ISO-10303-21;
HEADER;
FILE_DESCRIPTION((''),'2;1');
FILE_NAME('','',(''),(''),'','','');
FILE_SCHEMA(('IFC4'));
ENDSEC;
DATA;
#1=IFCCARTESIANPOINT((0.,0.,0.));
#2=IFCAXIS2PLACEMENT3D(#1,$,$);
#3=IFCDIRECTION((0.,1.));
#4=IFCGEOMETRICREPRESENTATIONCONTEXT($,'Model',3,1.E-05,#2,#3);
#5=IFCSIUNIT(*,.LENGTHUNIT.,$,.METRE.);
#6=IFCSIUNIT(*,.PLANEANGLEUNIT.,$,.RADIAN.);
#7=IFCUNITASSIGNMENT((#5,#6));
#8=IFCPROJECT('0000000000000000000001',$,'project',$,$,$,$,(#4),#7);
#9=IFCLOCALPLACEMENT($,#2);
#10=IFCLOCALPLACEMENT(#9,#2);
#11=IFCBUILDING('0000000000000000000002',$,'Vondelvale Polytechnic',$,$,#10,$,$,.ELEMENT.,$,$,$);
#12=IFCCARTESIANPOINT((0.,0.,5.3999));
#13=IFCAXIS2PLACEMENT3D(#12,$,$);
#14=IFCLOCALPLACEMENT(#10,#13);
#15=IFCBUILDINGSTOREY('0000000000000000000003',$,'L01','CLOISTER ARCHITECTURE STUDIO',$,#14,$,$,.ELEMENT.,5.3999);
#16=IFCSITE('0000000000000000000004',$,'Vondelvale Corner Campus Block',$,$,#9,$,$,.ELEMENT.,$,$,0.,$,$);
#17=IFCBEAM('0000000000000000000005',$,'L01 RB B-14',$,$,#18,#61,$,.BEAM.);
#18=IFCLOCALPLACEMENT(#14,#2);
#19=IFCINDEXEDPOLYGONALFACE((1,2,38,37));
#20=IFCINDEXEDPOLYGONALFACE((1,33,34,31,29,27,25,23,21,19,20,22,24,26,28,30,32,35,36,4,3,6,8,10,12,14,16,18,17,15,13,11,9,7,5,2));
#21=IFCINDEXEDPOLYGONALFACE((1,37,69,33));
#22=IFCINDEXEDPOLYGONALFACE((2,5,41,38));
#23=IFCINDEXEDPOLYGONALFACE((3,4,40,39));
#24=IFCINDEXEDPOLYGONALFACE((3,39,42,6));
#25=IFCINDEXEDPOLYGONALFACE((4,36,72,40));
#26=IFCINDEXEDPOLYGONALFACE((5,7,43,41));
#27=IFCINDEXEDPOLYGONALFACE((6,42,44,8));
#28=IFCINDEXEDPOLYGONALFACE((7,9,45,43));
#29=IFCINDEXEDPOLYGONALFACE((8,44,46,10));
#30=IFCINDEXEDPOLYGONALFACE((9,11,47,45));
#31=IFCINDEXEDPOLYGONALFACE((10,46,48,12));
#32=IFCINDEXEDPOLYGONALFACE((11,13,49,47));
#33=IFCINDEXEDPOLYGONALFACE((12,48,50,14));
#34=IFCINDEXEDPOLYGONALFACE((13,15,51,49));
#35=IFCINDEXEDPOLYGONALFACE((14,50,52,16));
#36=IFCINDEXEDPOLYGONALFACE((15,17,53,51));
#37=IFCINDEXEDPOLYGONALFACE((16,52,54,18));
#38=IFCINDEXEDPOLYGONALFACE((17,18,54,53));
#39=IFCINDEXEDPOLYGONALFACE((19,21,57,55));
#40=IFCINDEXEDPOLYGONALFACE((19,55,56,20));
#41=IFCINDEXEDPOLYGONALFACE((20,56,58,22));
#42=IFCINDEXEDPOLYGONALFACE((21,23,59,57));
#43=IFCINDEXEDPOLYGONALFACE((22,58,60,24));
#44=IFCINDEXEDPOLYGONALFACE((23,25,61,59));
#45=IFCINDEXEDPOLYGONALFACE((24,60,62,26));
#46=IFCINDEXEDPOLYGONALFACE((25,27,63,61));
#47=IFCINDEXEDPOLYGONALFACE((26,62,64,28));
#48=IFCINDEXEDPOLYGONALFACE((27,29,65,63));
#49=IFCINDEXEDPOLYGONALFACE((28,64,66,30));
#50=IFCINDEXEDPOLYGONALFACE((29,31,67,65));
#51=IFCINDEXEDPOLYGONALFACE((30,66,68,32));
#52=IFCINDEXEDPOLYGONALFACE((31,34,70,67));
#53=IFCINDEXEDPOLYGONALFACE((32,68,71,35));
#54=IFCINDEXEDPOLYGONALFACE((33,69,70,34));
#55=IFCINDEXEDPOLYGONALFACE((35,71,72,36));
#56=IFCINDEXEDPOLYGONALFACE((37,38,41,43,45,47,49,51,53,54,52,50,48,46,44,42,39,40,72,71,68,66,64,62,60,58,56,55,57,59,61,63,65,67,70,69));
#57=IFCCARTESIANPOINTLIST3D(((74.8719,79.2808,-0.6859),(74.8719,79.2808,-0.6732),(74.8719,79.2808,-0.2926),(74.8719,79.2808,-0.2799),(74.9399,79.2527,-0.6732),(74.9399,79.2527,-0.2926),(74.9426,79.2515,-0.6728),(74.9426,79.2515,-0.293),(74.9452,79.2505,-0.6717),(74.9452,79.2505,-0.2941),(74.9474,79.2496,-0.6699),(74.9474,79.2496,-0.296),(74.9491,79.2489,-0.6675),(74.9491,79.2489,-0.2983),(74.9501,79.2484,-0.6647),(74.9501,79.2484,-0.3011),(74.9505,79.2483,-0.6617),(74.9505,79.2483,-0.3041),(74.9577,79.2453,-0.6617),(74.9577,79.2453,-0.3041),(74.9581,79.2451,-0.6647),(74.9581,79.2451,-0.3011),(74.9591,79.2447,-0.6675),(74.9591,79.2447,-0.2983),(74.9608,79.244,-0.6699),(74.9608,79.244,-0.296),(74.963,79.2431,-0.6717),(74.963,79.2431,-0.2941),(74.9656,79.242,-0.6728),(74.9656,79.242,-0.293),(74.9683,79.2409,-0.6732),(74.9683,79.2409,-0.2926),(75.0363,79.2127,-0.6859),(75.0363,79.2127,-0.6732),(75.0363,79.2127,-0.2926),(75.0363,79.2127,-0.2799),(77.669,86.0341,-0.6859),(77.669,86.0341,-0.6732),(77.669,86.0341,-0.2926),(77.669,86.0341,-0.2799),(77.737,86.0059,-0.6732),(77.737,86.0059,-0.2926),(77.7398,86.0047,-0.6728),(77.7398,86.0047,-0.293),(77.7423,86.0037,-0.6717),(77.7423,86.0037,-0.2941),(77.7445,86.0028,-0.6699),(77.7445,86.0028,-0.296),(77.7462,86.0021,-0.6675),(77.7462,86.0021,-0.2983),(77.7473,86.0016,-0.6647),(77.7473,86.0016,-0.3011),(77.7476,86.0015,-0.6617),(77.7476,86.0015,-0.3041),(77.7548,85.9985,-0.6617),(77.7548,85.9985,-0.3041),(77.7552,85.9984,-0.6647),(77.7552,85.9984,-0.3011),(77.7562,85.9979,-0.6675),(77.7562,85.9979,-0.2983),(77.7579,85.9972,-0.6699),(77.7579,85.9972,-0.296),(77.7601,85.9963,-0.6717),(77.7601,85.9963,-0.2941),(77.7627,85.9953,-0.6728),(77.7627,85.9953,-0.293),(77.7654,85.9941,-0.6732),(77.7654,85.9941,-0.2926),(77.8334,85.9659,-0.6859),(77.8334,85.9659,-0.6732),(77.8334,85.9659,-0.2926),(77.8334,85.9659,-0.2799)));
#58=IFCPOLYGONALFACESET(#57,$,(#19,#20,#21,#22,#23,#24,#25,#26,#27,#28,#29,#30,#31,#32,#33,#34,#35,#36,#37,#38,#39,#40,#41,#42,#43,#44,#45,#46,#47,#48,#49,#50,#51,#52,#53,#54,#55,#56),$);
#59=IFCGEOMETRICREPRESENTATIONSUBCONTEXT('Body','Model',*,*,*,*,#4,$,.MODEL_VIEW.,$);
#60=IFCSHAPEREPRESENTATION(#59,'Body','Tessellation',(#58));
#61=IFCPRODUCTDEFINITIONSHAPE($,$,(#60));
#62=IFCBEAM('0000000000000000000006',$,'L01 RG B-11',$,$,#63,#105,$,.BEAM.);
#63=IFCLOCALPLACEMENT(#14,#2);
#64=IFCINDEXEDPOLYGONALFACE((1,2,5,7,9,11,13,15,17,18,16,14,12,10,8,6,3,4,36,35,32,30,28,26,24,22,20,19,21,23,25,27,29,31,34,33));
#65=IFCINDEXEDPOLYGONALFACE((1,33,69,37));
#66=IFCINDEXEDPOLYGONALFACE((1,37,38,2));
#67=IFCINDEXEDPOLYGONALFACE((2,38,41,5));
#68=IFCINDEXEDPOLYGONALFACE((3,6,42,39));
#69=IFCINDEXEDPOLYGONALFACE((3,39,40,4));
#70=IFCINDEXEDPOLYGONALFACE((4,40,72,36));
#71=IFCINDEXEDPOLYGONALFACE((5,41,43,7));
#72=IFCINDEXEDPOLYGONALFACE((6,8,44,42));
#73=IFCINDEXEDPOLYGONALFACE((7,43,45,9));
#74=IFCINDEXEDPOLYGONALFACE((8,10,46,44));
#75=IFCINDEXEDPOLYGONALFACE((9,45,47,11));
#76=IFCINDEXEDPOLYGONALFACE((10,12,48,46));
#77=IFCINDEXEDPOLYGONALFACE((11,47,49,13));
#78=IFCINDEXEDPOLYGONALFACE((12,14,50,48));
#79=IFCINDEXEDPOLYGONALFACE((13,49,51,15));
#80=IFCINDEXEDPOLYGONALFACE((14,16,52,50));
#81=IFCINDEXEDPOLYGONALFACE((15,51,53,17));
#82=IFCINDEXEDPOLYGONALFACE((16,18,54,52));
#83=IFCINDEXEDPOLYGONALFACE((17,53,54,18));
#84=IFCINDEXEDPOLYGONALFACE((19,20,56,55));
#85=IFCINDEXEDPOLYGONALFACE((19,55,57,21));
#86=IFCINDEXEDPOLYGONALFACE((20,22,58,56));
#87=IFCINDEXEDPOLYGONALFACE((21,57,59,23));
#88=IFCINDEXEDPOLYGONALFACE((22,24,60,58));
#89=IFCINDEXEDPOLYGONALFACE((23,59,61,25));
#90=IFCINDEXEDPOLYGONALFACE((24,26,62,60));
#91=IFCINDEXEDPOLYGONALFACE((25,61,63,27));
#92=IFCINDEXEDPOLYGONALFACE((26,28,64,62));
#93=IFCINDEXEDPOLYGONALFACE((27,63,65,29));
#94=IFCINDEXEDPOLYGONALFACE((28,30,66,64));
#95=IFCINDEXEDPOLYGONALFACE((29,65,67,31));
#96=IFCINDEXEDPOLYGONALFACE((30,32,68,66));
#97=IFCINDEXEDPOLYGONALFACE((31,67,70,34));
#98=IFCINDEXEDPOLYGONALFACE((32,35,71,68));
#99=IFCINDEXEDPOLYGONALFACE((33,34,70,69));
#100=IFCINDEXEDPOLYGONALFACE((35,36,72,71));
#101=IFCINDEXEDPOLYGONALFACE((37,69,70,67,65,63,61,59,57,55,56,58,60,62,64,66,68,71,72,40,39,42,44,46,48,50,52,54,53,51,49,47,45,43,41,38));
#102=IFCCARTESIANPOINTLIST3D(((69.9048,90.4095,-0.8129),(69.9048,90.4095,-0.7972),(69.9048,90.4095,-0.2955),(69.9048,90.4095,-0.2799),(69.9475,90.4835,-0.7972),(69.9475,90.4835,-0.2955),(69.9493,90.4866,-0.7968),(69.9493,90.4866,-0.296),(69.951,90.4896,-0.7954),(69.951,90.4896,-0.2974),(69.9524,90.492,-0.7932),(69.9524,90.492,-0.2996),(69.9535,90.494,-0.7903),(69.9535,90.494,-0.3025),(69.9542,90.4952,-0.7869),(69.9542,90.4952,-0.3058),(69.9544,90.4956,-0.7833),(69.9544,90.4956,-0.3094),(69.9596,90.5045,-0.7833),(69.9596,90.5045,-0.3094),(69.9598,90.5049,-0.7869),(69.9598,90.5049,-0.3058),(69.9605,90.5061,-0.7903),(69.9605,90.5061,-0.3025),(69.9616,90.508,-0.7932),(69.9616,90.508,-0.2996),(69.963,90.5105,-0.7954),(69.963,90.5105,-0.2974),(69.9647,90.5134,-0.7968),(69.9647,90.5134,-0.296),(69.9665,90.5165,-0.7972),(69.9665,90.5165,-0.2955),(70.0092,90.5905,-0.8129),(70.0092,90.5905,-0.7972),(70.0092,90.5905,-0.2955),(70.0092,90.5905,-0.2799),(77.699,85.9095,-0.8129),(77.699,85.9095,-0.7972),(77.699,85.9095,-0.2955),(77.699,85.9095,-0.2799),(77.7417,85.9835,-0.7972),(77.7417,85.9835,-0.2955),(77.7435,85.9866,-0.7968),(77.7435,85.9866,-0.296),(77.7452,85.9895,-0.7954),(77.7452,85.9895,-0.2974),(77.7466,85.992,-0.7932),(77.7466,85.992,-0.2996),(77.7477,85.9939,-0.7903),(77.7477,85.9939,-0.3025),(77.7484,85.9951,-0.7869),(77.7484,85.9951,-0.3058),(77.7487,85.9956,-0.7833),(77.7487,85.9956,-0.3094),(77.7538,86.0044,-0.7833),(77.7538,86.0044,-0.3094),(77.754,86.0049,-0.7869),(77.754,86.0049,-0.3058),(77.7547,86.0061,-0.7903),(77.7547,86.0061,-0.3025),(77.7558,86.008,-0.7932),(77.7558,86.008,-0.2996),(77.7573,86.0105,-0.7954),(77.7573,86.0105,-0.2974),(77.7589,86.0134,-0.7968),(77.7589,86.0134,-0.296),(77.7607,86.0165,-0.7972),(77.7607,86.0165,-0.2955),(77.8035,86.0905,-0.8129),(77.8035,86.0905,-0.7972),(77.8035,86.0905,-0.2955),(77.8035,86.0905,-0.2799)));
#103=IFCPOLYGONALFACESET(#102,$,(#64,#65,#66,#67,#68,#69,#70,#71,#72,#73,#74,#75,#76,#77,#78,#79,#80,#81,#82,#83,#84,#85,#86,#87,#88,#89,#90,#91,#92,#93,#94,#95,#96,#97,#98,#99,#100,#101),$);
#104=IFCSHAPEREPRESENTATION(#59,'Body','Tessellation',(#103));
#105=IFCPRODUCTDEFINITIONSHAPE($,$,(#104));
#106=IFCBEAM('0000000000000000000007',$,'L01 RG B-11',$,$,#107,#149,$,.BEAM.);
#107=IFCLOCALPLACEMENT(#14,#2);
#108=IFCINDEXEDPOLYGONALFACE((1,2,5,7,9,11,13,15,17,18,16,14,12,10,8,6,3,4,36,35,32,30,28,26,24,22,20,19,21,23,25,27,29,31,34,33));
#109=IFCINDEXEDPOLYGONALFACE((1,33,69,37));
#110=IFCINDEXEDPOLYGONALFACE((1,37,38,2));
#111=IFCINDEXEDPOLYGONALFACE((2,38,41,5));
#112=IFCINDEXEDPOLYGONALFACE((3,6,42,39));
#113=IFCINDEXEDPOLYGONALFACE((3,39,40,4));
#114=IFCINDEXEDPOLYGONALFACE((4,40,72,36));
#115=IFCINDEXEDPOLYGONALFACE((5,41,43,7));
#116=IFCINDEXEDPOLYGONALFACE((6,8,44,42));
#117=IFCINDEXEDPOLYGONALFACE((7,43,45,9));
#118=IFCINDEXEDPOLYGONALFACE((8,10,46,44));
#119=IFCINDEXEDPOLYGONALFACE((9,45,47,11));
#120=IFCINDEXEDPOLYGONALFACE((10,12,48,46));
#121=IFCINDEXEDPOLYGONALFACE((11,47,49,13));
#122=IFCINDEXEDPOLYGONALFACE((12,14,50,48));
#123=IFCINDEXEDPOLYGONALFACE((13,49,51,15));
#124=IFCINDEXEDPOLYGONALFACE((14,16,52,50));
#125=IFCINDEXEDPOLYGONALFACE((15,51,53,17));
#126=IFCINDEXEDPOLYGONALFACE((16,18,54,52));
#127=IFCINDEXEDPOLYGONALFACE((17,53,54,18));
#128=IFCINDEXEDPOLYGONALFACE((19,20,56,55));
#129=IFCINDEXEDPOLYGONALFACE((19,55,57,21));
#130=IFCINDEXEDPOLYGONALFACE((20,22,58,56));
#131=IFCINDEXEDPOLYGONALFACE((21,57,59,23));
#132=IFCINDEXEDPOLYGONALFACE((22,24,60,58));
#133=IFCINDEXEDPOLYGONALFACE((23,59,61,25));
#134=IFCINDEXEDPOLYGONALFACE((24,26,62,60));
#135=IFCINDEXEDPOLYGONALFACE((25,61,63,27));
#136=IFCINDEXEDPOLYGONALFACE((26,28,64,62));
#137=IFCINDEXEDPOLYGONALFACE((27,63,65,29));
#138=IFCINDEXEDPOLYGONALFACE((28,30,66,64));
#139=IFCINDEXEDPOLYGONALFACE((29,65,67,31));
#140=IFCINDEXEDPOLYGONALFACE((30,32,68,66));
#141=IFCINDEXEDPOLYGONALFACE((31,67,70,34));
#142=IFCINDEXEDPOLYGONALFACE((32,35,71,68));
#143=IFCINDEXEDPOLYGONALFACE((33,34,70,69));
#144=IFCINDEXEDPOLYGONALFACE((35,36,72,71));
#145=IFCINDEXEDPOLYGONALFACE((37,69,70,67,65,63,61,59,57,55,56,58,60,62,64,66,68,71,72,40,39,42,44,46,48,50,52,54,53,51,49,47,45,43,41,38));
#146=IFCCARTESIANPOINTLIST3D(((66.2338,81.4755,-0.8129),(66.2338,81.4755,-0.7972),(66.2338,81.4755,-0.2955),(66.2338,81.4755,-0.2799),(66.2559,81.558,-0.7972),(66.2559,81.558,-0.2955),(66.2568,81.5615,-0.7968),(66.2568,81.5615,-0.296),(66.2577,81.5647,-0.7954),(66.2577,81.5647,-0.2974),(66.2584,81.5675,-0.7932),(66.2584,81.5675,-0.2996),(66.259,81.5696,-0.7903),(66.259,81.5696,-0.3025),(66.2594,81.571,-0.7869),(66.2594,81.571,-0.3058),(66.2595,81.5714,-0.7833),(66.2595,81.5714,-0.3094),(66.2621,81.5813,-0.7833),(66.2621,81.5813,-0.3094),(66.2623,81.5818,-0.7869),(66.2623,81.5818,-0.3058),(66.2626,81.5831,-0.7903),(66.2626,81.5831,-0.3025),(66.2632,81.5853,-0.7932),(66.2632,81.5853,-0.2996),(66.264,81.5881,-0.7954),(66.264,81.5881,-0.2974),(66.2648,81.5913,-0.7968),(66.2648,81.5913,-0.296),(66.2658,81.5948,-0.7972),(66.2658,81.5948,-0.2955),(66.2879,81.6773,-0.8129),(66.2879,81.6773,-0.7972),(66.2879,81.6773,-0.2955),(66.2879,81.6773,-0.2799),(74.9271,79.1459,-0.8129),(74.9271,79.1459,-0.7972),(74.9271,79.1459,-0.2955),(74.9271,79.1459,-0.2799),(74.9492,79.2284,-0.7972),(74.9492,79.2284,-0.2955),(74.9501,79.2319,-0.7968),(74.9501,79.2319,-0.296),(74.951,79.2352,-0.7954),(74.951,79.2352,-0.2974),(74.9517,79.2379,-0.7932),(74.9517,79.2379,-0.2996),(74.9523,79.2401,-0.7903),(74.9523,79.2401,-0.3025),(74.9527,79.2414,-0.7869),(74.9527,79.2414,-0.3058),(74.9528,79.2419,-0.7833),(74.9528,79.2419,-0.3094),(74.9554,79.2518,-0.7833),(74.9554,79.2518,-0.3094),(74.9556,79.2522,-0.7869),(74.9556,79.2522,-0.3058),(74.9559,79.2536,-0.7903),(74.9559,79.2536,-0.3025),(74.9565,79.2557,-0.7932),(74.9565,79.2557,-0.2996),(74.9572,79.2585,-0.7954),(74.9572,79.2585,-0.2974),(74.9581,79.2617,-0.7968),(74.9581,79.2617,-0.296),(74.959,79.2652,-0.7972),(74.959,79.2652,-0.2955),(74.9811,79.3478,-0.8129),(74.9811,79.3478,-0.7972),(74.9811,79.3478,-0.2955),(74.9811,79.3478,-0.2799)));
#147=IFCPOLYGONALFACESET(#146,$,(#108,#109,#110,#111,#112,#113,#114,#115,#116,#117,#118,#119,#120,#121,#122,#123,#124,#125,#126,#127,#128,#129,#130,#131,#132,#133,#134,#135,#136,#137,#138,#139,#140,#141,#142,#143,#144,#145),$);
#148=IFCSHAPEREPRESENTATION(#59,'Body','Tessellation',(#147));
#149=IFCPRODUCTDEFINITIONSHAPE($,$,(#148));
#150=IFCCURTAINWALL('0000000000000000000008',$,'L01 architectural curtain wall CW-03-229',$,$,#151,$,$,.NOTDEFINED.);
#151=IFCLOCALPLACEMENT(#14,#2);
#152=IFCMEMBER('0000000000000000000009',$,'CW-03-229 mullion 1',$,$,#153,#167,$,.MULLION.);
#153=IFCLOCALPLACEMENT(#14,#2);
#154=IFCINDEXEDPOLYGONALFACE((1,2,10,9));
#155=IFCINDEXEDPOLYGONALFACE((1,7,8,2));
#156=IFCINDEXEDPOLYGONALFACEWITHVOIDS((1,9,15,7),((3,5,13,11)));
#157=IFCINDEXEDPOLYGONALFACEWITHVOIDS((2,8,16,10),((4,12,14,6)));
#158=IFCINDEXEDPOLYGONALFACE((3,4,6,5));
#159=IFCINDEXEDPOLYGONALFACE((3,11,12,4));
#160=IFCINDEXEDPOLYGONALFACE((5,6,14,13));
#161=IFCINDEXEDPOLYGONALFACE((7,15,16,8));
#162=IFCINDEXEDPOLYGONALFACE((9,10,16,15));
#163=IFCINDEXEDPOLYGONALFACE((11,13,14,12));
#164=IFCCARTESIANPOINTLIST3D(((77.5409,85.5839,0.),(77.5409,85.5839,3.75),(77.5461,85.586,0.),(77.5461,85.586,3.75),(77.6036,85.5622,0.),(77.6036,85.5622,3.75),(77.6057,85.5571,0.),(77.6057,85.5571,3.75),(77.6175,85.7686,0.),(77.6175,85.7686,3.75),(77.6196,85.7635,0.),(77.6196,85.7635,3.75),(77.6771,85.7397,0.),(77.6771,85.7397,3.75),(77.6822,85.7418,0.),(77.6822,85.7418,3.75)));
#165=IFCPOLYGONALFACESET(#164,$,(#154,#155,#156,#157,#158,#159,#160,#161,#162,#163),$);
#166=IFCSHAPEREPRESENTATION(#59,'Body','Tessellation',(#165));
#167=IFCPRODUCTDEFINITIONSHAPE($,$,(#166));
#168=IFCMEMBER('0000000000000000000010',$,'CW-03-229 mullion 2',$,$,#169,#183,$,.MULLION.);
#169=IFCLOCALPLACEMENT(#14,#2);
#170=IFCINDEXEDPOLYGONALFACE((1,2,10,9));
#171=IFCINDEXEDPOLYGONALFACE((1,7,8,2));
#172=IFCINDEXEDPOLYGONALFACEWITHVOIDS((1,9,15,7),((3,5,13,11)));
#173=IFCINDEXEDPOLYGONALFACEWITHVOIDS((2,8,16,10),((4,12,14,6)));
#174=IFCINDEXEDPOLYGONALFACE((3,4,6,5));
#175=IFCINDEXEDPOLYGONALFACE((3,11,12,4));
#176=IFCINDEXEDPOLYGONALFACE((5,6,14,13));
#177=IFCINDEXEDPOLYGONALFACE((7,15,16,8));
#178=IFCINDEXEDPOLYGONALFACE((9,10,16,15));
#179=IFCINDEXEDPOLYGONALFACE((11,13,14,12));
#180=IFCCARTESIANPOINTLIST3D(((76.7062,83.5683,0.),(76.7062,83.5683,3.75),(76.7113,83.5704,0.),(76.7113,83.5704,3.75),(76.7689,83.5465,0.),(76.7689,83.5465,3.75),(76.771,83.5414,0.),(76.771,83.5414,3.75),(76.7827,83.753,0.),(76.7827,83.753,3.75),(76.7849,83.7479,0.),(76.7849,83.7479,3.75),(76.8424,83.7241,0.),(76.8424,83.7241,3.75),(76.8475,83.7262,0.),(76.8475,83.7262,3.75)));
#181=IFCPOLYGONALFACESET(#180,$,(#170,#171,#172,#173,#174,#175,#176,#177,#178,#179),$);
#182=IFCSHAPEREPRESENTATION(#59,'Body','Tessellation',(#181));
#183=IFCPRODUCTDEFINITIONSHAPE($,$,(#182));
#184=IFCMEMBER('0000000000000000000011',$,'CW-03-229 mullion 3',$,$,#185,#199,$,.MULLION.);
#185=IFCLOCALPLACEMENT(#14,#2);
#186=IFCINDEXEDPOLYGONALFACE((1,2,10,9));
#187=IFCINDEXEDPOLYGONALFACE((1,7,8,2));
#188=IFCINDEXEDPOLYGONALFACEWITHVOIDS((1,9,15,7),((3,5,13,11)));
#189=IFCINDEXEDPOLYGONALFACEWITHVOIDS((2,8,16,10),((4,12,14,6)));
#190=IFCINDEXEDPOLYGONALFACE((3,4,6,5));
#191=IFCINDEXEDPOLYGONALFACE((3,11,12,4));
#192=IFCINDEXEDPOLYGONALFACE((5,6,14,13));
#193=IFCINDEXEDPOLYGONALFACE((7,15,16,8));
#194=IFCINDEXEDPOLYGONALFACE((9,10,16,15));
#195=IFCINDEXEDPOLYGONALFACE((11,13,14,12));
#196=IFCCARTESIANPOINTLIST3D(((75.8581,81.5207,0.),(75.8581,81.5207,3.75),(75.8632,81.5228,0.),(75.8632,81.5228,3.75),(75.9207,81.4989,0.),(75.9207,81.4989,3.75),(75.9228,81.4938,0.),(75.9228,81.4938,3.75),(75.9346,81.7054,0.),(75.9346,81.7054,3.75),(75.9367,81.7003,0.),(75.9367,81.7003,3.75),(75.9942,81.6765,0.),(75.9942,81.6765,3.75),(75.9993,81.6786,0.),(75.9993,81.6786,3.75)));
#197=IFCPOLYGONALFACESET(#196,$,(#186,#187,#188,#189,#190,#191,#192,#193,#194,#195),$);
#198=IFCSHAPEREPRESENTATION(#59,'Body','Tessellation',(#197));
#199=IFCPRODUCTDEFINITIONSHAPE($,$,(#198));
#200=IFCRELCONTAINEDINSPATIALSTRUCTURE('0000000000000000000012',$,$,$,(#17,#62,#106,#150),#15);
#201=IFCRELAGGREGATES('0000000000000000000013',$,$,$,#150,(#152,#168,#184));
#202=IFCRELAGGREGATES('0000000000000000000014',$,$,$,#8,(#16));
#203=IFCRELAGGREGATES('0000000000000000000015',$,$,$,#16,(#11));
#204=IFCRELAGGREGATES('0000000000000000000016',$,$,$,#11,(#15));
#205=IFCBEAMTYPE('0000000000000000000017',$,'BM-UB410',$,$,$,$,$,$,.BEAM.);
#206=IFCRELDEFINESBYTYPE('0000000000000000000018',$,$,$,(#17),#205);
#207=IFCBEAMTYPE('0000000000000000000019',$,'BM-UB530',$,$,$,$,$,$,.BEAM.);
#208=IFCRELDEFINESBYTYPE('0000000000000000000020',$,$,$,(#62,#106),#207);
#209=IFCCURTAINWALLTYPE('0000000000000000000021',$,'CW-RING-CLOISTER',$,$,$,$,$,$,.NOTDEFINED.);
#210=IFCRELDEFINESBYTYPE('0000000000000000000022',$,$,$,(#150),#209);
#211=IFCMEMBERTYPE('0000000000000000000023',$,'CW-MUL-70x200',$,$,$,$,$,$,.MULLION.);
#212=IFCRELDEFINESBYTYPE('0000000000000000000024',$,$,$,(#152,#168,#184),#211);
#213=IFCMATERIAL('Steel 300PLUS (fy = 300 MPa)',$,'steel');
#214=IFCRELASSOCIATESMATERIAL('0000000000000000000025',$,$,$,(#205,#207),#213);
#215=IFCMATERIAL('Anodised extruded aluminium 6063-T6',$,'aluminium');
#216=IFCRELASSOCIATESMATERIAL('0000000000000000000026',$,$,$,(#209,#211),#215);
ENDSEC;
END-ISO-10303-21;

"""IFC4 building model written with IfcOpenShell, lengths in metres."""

from ifc_helpers import new_model, si_unit, direction, frame, origin, origin_2d, place, context, subcontext, project, spatial, hollow_rectangle, i_section, extrude, material, material_profile, profile_set, type_object, element, aggregate, save


model = new_model("IFC4")

# Units and contexts
model_context = context("Model", 3, precision=1e-05, world=origin(), true_north=direction((0.0, 1.0)))
body_context = subcontext(model_context, "Body", "Model", "MODEL_VIEW")
ifc_project = project(units=[si_unit("LENGTHUNIT", "METRE"), si_unit("PLANEANGLEUNIT", "RADIAN")], contexts=[model_context])

# Site, building, storey
site_placement = place(None, origin())
site = spatial("IfcSite", under=ifc_project, at=site_placement, Name="Vondelvale Corner Campus Block", CompositionType="ELEMENT", RefElevation=0.0)
building_placement = place(site_placement, origin())
building = spatial("IfcBuilding", under=site, at=building_placement, Name="Vondelvale Polytechnic", CompositionType="ELEMENT")
storey_placement = place(building_placement, frame((0.0, 0.0, 5.3999)))
storey = spatial("IfcBuildingStorey", under=building, at=storey_placement, Name="L01", Description="CLOISTER ARCHITECTURE STUDIO", CompositionType="ELEMENT", Elevation=5.3999)

# Beams
ifc_material_1 = material(Name="Steel 300PLUS (fy = 300 MPa)", Category="steel")
ifc_material_profile_1 = material_profile(ifc_material_1, i_section(OverallWidth=0.178, OverallDepth=0.406, WebThickness=0.0078, FlangeThickness=0.0127, FilletRadius=0.0115, at=origin_2d()), Name="410UB59.7")
ifc_profile_set_1 = profile_set([ifc_material_profile_1], Name="Steel 300PLUS (fy = 300 MPa)")
beam_type_1 = type_object("IfcBeamType", Name="BM-UB410", PredefinedType="BEAM", material=ifc_profile_set_1)
beam_placement = place(storey_placement, frame((77.7512, 86.0, -0.4829), z_axis=(-0.382667, -0.923886, 0.0), x_axis=(0.923886, -0.382667, 0.0)))
element("IfcBeam", 1, at=beam_placement, inside=storey, type_object=beam_type_1, Name="L01 RB B-14", PredefinedType="BEAM", context=body_context, shape_type="SweptSolid", body=[
    extrude(i_section(OverallWidth=0.178, OverallDepth=0.406, WebThickness=0.0078, FlangeThickness=0.0127, FilletRadius=0.0115, at=origin_2d()), origin(), (0.0, 0.0, 1.0), 7.3096),
])
ifc_material_profile_2 = material_profile(ifc_material_1, i_section(OverallWidth=0.209, OverallDepth=0.533, WebThickness=0.0103, FlangeThickness=0.0156, FilletRadius=0.0139, at=origin_2d()), Name="530UB92.4")
ifc_profile_set_2 = profile_set([ifc_material_profile_2], Name="Steel 300PLUS (fy = 300 MPa)")
beam_type_2 = type_object("IfcBeamType", Name="BM-UB530", PredefinedType="BEAM", material=ifc_profile_set_2)
for number, where, z_axis, x_axis, name in (
    (2, (77.7512, 86.0, -0.5464), (-0.866024, 0.500002, 0.0), (-0.500002, -0.866024, 0.0), "L01 RG B-11"),
    (3, (74.9541, 79.2468, -0.5464), (-0.96592, 0.258841, 0.0), (-0.258841, -0.96592, 0.0), "L01 RG B-11"),
):
    element("IfcBeam", number, at=place(storey_placement, frame(where, z_axis=z_axis, x_axis=x_axis)), inside=storey, type_object=beam_type_2, Name=name, PredefinedType="BEAM", context=body_context, shape_type="SweptSolid", body=[
        extrude(i_section(OverallWidth=0.209, OverallDepth=0.533, WebThickness=0.0103, FlangeThickness=0.0156, FilletRadius=0.0139, at=origin_2d()), origin(), (0.0, 0.0, 1.0), 9.0),
    ])

# Curtain wall, members
ifc_material_2 = material(Name="Anodised extruded aluminium 6063-T6", Category="aluminium")
curtain_wall_type = type_object("IfcCurtainWallType", Name="CW-RING-CLOISTER", PredefinedType="NOTDEFINED", material=ifc_material_2)
curtain_wall_placement = place(storey_placement, origin())
curtain_wall = element("IfcCurtainWall", 4, at=curtain_wall_placement, inside=storey, type_object=curtain_wall_type, Name="L01 architectural curtain wall CW-03-229", PredefinedType="NOTDEFINED")
ifc_material_profile_3 = material_profile(ifc_material_2, hollow_rectangle(XDim=0.0701, YDim=0.2, WallThickness=0.0039, at=origin_2d()), Name="CW-MUL-200x70")
ifc_profile_set_3 = profile_set([ifc_material_profile_3], Name="Anodised extruded aluminium 6063-T6")
member_type_1 = type_object("IfcMemberType", Name="CW-MUL-70x200", PredefinedType="MULLION", material=ifc_profile_set_3)
member_1_placement = place(storey_placement, frame((77.6116, 85.6628, 0.0), z_axis=(0.0, 0.0, 1.0), x_axis=(0.923882, -0.382679, 0.0)))
member_1 = element("IfcMember", 5, at=member_1_placement, type_object=member_type_1, Name="CW-03-229 mullion 1", PredefinedType="MULLION", context=body_context, shape_type="SweptSolid", body=[
    extrude(hollow_rectangle(XDim=0.0701, YDim=0.2, WallThickness=0.0039, at=origin_2d()), origin(), (0.0, 0.0, 1.0), 3.75),
])
member_2_placement = place(storey_placement, frame((76.7769, 83.6472, 0.0), z_axis=(0.0, 0.0, 1.0), x_axis=(0.923882, -0.382679, 0.0)))
member_2 = element("IfcMember", 6, at=member_2_placement, type_object=member_type_1, Name="CW-03-229 mullion 2", PredefinedType="MULLION", context=body_context, shape_type="SweptSolid", body=[
    extrude(hollow_rectangle(XDim=0.0701, YDim=0.2, WallThickness=0.0039, at=origin_2d()), origin(), (0.0, 0.0, 1.0), 3.75),
])
member_3_placement = place(storey_placement, frame((75.9287, 81.5996, 0.0), z_axis=(0.0, 0.0, 1.0), x_axis=(0.923882, -0.382679, 0.0)))
member_3 = element("IfcMember", 7, at=member_3_placement, type_object=member_type_1, Name="CW-03-229 mullion 3", PredefinedType="MULLION", context=body_context, shape_type="SweptSolid", body=[
    extrude(hollow_rectangle(XDim=0.0701, YDim=0.2, WallThickness=0.0039, at=origin_2d()), origin(), (0.0, 0.0, 1.0), 3.75),
])
aggregate(curtain_wall, [member_1, member_2, member_3])

save(model, "model.ifc")
